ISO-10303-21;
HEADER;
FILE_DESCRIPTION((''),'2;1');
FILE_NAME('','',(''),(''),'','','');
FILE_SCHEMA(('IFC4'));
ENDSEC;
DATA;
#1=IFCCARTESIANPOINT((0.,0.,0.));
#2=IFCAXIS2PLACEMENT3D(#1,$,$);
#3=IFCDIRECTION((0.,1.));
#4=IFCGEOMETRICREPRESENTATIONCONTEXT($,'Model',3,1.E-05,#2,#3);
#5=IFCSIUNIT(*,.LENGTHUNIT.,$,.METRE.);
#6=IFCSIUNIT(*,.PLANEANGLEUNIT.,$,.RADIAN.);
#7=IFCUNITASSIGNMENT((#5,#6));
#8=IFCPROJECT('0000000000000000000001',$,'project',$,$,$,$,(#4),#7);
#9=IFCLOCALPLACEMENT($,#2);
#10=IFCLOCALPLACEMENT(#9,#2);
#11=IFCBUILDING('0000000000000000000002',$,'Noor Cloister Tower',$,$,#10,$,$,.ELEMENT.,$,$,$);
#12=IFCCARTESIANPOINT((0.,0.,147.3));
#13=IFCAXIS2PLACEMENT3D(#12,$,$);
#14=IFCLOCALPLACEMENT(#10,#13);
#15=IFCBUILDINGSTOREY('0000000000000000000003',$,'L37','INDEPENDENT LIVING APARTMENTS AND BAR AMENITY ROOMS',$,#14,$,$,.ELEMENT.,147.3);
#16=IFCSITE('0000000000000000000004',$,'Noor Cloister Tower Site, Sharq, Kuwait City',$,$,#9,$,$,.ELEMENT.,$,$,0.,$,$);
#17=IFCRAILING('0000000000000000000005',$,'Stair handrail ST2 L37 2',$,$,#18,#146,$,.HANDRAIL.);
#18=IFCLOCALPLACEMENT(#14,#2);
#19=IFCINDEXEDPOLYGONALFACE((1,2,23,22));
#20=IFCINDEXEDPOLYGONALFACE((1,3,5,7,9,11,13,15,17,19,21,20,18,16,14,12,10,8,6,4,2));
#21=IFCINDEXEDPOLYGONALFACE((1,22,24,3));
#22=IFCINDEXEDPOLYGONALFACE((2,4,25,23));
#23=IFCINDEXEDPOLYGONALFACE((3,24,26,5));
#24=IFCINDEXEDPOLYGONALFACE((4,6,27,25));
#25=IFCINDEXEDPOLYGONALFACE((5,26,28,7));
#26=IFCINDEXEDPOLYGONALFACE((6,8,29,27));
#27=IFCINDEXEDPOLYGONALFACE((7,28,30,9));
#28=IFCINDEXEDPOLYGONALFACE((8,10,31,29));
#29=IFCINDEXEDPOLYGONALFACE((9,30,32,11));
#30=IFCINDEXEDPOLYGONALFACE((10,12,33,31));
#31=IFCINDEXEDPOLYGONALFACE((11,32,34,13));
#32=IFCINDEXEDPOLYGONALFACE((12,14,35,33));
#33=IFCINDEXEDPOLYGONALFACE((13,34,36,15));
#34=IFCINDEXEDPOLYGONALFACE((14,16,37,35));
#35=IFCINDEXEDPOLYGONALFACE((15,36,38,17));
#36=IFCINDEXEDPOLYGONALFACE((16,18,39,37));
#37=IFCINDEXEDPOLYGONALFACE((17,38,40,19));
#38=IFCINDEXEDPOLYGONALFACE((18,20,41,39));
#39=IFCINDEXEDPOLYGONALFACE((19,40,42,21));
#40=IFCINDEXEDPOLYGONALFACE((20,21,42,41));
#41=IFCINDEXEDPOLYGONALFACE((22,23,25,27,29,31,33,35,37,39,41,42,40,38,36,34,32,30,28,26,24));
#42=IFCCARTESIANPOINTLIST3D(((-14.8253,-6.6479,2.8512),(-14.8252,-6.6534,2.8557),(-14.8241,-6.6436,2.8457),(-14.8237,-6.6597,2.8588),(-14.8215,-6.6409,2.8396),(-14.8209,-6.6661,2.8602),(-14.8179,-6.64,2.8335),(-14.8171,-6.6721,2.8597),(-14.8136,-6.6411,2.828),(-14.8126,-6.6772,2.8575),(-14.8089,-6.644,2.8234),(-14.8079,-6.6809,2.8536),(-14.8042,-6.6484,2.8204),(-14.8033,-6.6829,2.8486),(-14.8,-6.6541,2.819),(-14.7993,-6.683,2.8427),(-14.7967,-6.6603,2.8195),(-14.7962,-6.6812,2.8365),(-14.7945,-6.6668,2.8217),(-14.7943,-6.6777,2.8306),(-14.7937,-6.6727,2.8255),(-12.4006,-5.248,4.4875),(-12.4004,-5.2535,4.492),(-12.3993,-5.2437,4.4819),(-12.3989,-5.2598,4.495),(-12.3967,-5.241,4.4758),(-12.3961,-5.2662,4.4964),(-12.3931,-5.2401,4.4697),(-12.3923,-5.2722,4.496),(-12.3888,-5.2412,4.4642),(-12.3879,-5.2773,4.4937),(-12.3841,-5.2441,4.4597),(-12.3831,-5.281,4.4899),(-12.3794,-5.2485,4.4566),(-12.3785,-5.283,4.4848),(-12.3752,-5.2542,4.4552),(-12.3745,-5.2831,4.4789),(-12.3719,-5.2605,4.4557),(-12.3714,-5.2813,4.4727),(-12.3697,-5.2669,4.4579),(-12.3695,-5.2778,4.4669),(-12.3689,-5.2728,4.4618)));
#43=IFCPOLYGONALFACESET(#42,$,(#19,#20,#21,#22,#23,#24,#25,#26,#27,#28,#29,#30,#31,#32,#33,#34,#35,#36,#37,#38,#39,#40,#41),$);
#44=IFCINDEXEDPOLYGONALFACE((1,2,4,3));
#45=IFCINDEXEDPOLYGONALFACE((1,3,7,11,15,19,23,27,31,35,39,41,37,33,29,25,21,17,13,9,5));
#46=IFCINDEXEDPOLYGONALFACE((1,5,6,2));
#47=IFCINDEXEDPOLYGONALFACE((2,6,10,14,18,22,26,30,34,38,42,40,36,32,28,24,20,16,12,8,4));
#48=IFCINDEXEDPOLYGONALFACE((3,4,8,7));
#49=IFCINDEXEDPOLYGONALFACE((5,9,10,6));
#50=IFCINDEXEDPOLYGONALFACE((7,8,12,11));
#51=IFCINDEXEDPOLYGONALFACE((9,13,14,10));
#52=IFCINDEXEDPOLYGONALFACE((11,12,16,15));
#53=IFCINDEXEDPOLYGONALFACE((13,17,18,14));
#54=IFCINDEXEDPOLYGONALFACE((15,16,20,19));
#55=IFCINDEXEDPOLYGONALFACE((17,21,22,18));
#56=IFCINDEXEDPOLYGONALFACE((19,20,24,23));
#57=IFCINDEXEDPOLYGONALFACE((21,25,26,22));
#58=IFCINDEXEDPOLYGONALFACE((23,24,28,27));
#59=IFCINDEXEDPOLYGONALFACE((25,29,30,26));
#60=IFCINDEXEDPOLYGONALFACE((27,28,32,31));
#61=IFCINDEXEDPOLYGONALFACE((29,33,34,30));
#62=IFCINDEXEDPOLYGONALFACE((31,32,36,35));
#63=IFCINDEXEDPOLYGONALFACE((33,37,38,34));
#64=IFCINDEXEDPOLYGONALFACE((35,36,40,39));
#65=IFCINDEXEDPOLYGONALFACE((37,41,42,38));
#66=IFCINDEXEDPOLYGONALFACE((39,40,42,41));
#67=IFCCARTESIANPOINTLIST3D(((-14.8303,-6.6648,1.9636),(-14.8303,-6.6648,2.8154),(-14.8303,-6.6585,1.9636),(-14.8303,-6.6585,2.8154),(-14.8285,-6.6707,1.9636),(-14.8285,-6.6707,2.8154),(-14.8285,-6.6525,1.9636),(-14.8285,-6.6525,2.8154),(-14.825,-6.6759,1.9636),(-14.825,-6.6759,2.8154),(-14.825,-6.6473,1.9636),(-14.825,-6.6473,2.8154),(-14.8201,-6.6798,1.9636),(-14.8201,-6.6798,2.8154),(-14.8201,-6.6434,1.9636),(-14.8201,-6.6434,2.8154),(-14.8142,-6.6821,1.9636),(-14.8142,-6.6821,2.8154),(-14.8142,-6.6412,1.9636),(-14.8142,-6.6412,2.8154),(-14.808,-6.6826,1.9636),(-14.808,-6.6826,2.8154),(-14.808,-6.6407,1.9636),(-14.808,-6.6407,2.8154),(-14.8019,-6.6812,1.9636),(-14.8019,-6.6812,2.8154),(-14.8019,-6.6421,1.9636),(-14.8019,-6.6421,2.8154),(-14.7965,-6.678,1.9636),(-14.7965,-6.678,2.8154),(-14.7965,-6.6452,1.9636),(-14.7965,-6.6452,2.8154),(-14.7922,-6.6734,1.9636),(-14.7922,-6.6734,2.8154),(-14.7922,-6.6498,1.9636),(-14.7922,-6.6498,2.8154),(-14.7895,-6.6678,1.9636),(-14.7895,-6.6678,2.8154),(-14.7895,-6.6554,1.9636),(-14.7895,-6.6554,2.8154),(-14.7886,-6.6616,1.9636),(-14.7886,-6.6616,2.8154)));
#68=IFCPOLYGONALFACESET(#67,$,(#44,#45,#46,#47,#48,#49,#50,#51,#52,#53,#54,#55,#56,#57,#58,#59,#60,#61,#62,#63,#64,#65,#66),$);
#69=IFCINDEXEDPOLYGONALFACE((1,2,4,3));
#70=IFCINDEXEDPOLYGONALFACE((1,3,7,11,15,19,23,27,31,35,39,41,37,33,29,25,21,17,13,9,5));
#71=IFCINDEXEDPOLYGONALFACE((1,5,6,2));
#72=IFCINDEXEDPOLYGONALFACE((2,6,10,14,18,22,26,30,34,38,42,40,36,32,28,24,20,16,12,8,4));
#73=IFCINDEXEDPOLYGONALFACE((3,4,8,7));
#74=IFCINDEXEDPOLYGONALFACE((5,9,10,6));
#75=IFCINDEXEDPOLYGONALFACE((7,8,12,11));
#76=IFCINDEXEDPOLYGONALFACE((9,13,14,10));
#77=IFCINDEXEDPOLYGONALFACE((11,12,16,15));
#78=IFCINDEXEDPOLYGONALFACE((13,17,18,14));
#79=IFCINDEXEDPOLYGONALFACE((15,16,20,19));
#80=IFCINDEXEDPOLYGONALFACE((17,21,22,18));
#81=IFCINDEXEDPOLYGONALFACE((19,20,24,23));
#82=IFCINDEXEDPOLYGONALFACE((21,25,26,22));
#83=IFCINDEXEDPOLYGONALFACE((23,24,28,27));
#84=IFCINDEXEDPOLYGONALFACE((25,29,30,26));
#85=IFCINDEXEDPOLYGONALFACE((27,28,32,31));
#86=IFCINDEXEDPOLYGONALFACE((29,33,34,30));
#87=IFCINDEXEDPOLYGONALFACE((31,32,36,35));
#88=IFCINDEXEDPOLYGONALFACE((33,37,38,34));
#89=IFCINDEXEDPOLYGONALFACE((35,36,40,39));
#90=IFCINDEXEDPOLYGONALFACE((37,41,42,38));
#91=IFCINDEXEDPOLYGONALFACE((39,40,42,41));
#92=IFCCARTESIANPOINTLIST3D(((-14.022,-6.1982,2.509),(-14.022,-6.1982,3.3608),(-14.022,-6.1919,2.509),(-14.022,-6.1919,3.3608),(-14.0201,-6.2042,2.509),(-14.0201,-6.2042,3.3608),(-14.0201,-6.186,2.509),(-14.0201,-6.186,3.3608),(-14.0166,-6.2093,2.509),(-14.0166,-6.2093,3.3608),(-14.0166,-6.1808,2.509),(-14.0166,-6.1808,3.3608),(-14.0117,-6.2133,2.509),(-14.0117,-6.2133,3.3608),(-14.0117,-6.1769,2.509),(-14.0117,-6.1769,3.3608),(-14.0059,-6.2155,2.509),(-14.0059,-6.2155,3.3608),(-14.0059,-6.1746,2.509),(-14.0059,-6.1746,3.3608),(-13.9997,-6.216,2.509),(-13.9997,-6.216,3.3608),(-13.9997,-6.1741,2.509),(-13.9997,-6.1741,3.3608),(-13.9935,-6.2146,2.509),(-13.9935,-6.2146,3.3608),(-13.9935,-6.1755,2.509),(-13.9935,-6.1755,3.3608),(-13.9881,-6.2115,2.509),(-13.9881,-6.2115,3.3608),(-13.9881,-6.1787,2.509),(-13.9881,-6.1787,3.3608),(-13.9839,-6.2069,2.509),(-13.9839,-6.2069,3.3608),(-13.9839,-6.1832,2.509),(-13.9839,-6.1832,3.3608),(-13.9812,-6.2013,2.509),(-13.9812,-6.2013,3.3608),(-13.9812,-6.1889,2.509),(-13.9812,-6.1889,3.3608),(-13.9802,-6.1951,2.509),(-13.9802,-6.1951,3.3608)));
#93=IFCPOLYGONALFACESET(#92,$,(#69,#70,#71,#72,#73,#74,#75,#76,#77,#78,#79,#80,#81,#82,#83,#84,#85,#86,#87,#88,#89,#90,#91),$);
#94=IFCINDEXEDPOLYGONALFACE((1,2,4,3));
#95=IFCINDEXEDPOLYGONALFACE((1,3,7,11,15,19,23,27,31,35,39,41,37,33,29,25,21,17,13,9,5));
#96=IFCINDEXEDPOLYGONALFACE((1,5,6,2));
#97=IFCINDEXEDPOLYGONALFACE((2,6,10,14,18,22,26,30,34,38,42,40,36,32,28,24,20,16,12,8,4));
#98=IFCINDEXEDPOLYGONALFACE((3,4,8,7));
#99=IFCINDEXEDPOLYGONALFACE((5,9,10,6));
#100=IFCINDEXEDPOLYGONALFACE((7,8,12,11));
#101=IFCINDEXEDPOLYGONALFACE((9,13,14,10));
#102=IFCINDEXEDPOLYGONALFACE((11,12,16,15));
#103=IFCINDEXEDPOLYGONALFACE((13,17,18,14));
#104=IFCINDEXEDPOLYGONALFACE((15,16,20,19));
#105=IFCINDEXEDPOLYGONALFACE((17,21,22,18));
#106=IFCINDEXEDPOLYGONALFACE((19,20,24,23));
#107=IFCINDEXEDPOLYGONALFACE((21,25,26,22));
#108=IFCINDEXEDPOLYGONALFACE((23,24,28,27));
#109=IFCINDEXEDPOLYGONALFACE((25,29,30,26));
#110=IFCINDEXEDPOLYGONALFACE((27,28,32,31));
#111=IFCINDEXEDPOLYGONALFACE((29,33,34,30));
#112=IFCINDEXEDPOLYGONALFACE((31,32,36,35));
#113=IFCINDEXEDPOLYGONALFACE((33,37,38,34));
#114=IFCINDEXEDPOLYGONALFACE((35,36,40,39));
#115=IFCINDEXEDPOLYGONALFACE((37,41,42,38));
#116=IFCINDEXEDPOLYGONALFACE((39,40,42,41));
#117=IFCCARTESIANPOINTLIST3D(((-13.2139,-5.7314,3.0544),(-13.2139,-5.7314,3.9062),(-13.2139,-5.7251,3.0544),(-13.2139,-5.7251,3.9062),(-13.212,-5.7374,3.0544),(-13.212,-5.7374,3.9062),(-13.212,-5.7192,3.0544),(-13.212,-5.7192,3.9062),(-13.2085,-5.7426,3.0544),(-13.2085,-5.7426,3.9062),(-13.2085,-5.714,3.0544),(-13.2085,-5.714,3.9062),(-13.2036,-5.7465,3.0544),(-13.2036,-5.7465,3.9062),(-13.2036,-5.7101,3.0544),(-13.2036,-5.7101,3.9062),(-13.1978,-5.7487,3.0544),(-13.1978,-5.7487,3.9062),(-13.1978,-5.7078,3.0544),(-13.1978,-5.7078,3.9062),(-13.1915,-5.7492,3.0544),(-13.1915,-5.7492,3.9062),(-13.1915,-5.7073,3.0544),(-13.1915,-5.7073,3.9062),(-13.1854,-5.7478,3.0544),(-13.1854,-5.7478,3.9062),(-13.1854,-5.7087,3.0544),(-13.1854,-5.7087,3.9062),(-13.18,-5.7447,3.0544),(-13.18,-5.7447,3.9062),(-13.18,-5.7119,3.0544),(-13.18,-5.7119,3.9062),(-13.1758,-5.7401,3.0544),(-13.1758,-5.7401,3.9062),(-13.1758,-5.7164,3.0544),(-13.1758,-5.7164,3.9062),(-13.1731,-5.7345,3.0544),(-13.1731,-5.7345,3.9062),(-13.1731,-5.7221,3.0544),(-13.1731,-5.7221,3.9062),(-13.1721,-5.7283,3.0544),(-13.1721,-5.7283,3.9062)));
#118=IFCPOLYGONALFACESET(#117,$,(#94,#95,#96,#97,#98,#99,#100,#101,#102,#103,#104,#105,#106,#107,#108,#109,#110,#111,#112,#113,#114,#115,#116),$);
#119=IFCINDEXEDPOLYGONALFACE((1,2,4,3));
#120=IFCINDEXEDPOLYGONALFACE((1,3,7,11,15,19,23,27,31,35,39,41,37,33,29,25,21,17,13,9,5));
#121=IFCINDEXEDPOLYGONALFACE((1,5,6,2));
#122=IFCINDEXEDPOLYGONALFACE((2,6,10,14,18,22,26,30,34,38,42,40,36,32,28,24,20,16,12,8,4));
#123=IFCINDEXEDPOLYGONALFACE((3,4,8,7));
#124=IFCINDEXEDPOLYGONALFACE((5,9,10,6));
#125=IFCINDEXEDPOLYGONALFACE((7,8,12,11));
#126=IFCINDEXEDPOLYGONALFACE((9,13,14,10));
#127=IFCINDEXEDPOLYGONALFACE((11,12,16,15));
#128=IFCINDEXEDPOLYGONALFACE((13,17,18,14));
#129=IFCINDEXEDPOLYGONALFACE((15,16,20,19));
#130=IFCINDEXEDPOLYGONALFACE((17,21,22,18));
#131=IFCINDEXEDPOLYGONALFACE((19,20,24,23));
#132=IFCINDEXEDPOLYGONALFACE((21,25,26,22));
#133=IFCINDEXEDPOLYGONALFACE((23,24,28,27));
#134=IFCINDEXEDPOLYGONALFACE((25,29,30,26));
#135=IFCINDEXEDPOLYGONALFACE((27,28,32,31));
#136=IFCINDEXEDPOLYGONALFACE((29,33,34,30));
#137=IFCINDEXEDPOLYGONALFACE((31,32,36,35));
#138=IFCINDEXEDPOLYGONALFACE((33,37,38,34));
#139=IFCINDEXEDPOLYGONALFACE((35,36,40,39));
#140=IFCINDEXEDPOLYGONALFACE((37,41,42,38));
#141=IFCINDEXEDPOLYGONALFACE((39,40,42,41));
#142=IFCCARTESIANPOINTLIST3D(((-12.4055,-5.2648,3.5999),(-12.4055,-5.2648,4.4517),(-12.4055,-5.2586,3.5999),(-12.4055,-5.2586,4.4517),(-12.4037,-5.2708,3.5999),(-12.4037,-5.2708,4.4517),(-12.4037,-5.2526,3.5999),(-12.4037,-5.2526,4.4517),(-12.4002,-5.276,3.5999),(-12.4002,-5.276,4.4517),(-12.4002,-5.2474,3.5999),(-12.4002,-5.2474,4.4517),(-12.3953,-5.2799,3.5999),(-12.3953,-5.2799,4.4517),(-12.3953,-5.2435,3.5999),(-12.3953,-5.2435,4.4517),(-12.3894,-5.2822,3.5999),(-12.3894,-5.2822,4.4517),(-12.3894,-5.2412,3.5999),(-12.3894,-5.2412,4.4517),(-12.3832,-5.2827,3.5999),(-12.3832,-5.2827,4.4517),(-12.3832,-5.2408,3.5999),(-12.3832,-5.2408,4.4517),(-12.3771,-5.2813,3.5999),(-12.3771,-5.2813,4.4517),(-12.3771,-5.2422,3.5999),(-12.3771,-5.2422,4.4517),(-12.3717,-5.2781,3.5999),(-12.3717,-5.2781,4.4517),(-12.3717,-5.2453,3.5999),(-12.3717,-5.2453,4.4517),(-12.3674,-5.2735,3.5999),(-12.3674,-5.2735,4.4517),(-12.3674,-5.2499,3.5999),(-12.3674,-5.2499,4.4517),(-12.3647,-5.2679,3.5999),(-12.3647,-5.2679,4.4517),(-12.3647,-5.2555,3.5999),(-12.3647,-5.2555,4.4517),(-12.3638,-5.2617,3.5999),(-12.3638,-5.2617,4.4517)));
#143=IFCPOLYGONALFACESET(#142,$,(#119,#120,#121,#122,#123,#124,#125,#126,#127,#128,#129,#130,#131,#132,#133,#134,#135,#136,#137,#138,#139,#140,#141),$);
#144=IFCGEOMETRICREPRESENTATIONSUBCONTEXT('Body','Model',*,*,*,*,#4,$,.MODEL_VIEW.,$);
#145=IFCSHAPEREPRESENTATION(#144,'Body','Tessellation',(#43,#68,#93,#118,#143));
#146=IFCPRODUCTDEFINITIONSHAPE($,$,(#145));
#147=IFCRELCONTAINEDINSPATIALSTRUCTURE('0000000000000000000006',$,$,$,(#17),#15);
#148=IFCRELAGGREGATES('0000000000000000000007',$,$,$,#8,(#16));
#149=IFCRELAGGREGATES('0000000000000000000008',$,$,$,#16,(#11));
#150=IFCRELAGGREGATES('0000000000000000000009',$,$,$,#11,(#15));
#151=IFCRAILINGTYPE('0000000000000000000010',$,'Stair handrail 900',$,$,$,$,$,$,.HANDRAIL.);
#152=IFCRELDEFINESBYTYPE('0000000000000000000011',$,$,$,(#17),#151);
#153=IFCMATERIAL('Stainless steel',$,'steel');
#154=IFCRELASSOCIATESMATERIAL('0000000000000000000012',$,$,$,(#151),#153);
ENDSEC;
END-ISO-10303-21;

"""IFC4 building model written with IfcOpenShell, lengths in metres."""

from ifc_helpers import new_model, si_unit, direction, frame, origin, origin_2d, place, context, subcontext, project, spatial, circle, extrude, material, type_object, element, save


model = new_model("IFC4")

# Units and contexts
model_context = context("Model", 3, precision=1e-05, world=origin(), true_north=direction((0.0, 1.0)))
body_context = subcontext(model_context, "Body", "Model", "MODEL_VIEW")
ifc_project = project(units=[si_unit("LENGTHUNIT", "METRE"), si_unit("PLANEANGLEUNIT", "RADIAN")], contexts=[model_context])

# Site, building, storey
site_placement = place(None, origin())
site = spatial("IfcSite", under=ifc_project, at=site_placement, Name="Noor Cloister Tower Site, Sharq, Kuwait City", CompositionType="ELEMENT", RefElevation=0.0)
building_placement = place(site_placement, origin())
building = spatial("IfcBuilding", under=site, at=building_placement, Name="Noor Cloister Tower", CompositionType="ELEMENT")
storey_placement = place(building_placement, frame((0.0, 0.0, 147.3)))
storey = spatial("IfcBuildingStorey", under=building, at=storey_placement, Name="L37", Description="INDEPENDENT LIVING APARTMENTS AND BAR AMENITY ROOMS", CompositionType="ELEMENT", Elevation=147.3)

# Railing
ifc_material_1 = material(Name="Stainless steel", Category="steel")
railing_type_1 = type_object("IfcRailingType", Name="Stair handrail 900", PredefinedType="HANDRAIL", material=ifc_material_1)
railing_1_placement = place(storey_placement, frame((-14.8096, -6.6616, 1.9636)))
element("IfcRailing", 1, at=railing_1_placement, inside=storey, type_object=railing_type_1, Name="Stair handrail ST2 L37 2", PredefinedType="HANDRAIL", context=body_context, shape_type="SweptSolid", body=[
    extrude(circle(Radius=0.0239, at=origin_2d()), frame((0.0, 0.0, 0.876), z_axis=(0.747718, 0.431677, 0.504552), x_axis=(-0.499984, 0.866035, 0.0)), (0.0, 0.0, 1.0), 3.2429),
    extrude(circle(Radius=0.021, at=origin_2d()), origin(), (0.0, 0.0, 1.0), 0.8518),
    extrude(circle(Radius=0.021, at=origin_2d()), frame((0.8083, 0.4666, 0.5454)), (0.0, 0.0, 1.0), 0.8518),
    extrude(circle(Radius=0.021, at=origin_2d()), frame((1.6165, 0.9333, 1.0908)), (0.0, 0.0, 1.0), 0.8518),
    extrude(circle(Radius=0.021, at=origin_2d()), frame((2.4248, 1.3999, 1.6362)), (0.0, 0.0, 1.0), 0.8518),
])

save(model, "model.ifc")
